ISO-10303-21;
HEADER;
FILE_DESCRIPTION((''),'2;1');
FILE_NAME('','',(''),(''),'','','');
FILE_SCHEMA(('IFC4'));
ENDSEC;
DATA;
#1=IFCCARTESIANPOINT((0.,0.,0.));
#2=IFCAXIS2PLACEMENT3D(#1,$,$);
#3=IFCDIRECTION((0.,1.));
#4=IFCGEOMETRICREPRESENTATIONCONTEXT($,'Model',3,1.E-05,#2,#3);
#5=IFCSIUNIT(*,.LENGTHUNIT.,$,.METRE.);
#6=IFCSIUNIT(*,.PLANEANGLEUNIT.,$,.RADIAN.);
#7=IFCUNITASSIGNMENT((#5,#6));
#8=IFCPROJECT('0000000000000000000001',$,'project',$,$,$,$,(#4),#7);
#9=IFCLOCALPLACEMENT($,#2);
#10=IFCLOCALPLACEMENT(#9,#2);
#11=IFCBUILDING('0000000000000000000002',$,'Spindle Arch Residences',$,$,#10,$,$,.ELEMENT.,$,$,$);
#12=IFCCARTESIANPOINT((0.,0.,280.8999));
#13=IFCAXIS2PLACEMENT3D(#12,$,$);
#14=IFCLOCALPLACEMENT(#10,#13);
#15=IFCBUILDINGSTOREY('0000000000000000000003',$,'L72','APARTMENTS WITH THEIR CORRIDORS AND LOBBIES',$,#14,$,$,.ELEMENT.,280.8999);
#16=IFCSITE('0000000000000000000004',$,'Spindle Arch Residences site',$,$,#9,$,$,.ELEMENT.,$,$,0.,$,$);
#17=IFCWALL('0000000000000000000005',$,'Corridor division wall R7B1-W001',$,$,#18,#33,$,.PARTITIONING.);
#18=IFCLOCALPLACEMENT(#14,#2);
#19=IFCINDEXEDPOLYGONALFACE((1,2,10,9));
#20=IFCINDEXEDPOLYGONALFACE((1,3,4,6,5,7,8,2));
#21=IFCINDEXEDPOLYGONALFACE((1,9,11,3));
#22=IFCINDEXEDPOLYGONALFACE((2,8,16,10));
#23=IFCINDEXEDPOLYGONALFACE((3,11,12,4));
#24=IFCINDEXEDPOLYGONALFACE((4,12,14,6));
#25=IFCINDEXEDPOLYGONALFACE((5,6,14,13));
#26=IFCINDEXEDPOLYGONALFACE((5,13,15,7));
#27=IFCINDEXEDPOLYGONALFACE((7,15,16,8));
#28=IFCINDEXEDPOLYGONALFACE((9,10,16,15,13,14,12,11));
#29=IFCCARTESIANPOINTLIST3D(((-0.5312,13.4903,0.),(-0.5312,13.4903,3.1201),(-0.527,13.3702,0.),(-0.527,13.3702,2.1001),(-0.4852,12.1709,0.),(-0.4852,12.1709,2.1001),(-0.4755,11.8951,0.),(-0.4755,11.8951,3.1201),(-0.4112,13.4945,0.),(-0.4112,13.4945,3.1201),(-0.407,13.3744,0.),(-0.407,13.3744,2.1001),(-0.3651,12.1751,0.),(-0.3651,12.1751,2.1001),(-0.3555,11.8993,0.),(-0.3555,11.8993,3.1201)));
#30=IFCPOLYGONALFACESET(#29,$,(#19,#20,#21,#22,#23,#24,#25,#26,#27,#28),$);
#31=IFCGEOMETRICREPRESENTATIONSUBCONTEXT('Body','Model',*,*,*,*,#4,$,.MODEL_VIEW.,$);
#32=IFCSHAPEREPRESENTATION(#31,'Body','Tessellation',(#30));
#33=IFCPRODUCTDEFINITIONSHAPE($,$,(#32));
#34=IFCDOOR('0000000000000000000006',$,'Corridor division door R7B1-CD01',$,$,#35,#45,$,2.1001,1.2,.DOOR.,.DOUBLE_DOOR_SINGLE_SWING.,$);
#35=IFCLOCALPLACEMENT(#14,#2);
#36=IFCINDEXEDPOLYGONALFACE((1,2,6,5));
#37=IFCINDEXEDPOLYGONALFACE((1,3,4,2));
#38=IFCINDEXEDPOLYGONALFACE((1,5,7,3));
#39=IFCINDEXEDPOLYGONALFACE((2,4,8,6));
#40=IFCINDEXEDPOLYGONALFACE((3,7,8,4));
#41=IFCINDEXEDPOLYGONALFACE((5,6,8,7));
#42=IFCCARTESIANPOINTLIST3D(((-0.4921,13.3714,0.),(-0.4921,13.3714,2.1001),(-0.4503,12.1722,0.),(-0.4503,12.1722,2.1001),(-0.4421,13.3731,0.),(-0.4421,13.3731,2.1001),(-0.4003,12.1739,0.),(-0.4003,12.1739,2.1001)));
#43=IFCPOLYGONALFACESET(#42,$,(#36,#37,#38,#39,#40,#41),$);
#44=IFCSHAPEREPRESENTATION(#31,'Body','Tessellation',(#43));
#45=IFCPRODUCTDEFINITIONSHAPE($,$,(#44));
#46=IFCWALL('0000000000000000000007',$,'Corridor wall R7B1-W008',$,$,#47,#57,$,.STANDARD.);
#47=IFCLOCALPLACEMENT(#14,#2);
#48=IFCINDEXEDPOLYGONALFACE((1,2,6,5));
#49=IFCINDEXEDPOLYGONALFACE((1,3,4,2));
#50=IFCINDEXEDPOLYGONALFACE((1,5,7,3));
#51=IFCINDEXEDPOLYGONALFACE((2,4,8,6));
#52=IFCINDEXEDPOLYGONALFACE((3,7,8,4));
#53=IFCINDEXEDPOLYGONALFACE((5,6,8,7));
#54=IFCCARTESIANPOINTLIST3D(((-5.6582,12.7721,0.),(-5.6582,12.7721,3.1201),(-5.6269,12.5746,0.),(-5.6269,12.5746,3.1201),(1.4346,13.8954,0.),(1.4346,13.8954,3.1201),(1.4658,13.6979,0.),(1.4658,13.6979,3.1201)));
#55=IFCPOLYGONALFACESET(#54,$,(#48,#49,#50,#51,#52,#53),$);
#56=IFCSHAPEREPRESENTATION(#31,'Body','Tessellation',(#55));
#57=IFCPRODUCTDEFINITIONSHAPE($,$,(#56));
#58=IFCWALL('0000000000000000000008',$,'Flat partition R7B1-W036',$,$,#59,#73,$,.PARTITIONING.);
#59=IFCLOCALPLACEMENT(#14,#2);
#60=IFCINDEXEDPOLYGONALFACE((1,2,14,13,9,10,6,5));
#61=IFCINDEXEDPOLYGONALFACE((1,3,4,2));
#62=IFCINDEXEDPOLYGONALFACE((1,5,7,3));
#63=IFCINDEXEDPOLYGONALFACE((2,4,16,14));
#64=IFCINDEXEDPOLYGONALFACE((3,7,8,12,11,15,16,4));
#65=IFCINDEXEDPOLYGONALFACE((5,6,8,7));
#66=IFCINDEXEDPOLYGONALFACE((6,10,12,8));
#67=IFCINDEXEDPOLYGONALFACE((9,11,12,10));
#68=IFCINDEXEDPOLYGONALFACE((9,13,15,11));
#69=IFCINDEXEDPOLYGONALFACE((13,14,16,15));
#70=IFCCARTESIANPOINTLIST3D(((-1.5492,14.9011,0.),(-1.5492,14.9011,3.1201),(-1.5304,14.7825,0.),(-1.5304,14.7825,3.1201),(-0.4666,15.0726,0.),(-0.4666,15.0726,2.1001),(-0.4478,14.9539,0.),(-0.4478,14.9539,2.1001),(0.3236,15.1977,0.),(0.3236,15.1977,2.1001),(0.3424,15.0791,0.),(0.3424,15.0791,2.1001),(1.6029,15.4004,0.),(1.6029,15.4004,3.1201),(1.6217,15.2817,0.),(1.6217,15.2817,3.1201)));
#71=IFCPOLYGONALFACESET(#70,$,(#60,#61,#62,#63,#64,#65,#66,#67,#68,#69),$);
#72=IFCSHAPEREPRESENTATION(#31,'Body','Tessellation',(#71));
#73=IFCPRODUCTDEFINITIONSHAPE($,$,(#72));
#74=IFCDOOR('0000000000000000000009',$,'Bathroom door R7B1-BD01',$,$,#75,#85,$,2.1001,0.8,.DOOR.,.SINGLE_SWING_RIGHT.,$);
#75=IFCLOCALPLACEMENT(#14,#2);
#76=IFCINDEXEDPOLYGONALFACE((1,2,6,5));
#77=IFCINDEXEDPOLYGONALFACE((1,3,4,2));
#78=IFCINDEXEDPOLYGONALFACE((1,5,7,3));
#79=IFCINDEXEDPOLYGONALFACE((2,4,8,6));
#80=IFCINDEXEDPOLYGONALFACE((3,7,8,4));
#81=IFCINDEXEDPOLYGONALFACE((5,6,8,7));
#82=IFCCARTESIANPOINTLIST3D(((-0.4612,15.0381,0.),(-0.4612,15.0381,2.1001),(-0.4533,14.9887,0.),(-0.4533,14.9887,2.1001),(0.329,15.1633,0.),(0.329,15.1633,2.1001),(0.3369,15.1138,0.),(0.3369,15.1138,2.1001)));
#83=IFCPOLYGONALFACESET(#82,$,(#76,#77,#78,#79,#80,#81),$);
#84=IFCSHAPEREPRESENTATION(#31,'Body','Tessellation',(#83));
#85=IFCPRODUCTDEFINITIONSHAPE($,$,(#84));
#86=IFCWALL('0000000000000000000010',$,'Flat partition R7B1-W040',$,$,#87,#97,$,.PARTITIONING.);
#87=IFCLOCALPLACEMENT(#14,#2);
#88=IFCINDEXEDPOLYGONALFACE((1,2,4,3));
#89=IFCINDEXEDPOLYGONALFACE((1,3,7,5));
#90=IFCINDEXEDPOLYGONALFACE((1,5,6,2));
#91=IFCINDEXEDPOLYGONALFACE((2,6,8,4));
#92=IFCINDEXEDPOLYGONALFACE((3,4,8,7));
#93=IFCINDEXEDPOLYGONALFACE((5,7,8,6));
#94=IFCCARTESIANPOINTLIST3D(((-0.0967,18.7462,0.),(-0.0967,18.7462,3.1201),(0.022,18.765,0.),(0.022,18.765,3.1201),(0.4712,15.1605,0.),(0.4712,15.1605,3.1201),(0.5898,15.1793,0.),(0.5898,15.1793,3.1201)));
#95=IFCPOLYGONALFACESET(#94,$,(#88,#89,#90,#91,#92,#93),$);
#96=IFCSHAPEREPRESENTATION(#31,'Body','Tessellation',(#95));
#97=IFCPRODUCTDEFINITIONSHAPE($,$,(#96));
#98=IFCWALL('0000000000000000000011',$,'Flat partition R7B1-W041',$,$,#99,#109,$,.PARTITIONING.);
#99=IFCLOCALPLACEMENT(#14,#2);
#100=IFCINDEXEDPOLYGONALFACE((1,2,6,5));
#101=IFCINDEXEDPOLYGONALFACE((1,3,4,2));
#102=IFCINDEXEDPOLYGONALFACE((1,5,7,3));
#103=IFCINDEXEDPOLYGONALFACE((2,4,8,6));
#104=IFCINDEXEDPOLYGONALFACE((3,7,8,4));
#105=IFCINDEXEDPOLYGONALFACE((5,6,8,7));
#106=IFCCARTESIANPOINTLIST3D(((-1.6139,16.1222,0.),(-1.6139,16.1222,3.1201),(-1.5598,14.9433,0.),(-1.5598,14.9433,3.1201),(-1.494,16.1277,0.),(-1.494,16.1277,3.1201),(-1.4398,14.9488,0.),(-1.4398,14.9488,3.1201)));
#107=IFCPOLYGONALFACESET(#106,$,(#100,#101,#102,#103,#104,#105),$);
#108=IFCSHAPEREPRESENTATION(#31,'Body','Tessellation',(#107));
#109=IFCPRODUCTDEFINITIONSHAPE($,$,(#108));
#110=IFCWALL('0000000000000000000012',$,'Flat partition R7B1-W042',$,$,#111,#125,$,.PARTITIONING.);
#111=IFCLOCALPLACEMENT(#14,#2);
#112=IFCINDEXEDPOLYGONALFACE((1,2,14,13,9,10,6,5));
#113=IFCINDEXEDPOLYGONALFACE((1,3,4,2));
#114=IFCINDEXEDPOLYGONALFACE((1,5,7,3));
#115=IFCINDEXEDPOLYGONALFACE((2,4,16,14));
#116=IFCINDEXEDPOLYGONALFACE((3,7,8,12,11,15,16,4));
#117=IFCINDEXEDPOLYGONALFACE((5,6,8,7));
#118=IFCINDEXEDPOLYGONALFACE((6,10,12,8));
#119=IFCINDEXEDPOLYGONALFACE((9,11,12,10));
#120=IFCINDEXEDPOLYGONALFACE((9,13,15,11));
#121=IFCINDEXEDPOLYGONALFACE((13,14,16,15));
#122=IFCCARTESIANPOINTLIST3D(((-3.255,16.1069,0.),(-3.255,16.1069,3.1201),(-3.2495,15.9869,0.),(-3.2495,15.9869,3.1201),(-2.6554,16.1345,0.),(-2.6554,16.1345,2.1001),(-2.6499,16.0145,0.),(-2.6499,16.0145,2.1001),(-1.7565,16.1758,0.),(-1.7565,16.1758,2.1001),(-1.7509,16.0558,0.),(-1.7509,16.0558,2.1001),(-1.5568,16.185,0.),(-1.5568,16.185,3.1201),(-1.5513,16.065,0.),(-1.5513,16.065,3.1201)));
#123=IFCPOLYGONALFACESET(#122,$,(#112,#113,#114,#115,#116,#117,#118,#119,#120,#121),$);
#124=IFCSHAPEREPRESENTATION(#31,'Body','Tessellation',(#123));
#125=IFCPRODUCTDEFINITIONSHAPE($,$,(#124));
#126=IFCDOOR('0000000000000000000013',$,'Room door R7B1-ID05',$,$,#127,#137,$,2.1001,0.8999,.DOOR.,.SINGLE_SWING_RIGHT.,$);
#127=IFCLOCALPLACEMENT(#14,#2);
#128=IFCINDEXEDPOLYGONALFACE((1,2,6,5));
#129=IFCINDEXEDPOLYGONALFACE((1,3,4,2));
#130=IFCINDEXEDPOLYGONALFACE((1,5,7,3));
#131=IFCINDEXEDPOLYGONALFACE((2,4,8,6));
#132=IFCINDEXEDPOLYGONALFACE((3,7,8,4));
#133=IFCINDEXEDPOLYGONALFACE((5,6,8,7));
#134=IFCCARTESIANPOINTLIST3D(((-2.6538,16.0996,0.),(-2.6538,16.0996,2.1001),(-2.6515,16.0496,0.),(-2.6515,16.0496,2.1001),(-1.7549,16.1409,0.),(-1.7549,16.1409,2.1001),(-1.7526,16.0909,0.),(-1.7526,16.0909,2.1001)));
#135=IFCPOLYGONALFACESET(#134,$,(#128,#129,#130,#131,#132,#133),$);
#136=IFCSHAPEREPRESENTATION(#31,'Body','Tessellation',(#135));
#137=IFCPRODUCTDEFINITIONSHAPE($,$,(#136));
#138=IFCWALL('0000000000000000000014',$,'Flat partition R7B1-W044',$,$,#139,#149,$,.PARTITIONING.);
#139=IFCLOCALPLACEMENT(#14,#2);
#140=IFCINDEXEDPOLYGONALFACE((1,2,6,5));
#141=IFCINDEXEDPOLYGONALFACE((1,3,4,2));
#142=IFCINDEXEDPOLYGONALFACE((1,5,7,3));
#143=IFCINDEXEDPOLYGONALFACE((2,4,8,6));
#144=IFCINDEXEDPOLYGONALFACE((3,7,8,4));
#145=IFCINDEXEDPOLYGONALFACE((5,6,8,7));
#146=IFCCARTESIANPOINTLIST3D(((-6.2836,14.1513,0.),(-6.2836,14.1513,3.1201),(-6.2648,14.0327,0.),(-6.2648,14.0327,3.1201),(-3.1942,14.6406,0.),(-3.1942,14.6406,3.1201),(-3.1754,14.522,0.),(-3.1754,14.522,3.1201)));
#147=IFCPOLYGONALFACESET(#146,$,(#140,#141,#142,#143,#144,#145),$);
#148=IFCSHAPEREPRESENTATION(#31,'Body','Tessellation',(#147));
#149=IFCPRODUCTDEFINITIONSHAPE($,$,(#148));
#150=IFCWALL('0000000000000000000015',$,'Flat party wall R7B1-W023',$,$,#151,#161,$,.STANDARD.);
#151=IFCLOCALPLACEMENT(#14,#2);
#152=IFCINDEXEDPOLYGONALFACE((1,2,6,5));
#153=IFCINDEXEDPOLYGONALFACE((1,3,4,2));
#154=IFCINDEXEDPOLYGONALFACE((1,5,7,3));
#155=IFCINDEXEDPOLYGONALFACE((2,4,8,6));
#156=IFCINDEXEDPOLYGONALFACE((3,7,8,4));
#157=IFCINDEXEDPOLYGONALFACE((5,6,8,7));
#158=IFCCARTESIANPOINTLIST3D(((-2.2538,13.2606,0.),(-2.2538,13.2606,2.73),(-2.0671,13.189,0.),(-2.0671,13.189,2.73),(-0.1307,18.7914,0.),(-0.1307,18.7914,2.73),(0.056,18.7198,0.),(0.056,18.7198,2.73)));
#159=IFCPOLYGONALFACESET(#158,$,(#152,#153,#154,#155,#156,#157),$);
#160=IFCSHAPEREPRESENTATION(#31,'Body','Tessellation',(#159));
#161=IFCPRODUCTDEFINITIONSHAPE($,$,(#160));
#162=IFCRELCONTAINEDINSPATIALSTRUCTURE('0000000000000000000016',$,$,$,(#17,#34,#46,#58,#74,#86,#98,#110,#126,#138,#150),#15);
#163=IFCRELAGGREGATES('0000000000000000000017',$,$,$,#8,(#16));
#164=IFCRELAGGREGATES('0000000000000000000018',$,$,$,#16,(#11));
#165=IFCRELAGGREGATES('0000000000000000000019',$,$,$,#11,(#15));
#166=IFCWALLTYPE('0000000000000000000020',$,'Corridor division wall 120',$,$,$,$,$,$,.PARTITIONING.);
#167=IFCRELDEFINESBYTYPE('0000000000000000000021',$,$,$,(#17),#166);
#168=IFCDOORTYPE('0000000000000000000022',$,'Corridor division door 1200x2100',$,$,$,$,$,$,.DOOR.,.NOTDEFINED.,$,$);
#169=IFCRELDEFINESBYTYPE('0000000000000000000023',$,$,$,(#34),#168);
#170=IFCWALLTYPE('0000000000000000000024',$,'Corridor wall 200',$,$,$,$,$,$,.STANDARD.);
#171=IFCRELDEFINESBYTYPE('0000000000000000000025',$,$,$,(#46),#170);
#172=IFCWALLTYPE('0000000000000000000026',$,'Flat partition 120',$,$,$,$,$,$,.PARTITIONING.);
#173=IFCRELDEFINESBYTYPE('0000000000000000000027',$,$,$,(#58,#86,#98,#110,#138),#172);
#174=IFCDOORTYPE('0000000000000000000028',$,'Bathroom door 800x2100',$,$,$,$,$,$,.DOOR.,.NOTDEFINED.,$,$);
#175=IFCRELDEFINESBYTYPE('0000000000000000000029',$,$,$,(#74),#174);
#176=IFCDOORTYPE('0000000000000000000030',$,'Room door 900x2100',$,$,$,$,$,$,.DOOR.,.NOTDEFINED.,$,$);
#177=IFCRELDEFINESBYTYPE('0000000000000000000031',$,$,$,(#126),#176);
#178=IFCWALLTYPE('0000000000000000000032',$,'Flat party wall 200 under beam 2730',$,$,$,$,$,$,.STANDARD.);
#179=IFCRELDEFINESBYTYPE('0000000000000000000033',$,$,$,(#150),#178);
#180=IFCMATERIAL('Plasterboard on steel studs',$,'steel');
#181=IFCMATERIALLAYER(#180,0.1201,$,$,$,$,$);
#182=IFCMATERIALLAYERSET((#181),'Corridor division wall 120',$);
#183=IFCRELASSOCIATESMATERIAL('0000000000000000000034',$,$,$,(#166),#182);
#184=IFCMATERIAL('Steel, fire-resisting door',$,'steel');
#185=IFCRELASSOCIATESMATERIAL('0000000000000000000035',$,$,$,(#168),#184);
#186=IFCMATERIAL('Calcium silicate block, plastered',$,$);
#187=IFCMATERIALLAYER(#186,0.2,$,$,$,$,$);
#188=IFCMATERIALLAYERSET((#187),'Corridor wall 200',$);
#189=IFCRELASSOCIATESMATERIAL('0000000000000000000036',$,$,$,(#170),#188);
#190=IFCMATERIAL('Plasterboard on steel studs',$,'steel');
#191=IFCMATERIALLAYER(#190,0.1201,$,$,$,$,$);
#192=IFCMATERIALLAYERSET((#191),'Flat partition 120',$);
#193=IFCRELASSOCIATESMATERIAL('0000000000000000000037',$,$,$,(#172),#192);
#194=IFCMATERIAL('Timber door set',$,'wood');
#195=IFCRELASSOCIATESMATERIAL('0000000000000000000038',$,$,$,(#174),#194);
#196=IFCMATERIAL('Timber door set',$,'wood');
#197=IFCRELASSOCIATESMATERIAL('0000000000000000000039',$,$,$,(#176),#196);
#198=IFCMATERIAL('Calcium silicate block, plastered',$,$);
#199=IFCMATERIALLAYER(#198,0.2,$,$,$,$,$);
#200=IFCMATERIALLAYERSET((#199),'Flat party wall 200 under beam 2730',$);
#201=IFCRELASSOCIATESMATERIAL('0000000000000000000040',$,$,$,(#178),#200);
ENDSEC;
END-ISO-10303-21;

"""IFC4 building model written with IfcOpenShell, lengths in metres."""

from ifc_helpers import new_model, si_unit, direction, frame, frame_2d, origin, place, context, subcontext, project, spatial, rectangle, extrude, material, layer, layer_set, type_object, element, fill, save


model = new_model("IFC4")

# Units and contexts
model_context = context("Model", 3, precision=1e-05, world=origin(), true_north=direction((0.0, 1.0)))
body_context = subcontext(model_context, "Body", "Model", "MODEL_VIEW")
ifc_project = project(units=[si_unit("LENGTHUNIT", "METRE"), si_unit("PLANEANGLEUNIT", "RADIAN")], contexts=[model_context])

# Site, building, storey
site_placement = place(None, origin())
site = spatial("IfcSite", under=ifc_project, at=site_placement, Name="Spindle Arch Residences site", CompositionType="ELEMENT", RefElevation=0.0)
building_placement = place(site_placement, origin())
building = spatial("IfcBuilding", under=site, at=building_placement, Name="Spindle Arch Residences", CompositionType="ELEMENT")
storey_placement = place(building_placement, frame((0.0, 0.0, 280.8999)))
storey = spatial("IfcBuildingStorey", under=building, at=storey_placement, Name="L72", Description="APARTMENTS WITH THEIR CORRIDORS AND LOBBIES", CompositionType="ELEMENT", Elevation=280.8999)

# Wall, opening, door
ifc_material_1 = material(Name="Plasterboard on steel studs", Category="steel")
ifc_layer_1 = layer(ifc_material_1, 0.1201)
ifc_layer_set_1 = layer_set([ifc_layer_1], Name="Corridor division wall 120")
wall_type_1 = type_object("IfcWallType", Name="Corridor division wall 120", PredefinedType="PARTITIONING", material=ifc_layer_set_1)
wall_1_placement = place(storey_placement, frame((-0.4712, 13.4924, 0.0), z_axis=(0.0, 0.0, 1.0), x_axis=(0.034873, -0.999392, 0.0)))
wall_1 = element("IfcWall", 1, at=wall_1_placement, inside=storey, type_object=wall_type_1, Name="Corridor division wall R7B1-W001", PredefinedType="PARTITIONING", context=body_context, shape_type="SweptSolid", body=[
    extrude(rectangle(XDim=1.5962, YDim=0.1201, at=frame_2d((0.7981, 0.0))), origin(), (0.0, 0.0, 1.0), 3.1201),
])
opening_1_placement = place(wall_1_placement, frame((0.1201, 0.0, 0.0)))
opening_1 = element("IfcOpeningElement", 2, at=opening_1_placement, cuts=wall_1, PredefinedType="OPENING", context=body_context, shape_type="SweptSolid", body=[
    extrude(rectangle(XDim=1.2, YDim=2.1001, at=frame_2d((0.6001, 1.05))), frame((0.0, 0.0701, 0.0), z_axis=(0.0, -1.0, 0.0), x_axis=(1.0, 0.0, 0.0)), (0.0, 0.0, 1.0), 0.1401),
])
ifc_material_2 = material(Name="Steel, fire-resisting door", Category="steel")
door_type_1 = type_object("IfcDoorType", Name="Corridor division door 1200x2100", OperationType="NOTDEFINED", PredefinedType="DOOR", material=ifc_material_2)
door_1_placement = place(opening_1_placement, origin())
door_1 = element("IfcDoor", 3, at=door_1_placement, inside=storey, type_object=door_type_1, Name="Corridor division door R7B1-CD01", OperationType="DOUBLE_DOOR_SINGLE_SWING", OverallHeight=2.1001, OverallWidth=1.2, PredefinedType="DOOR", context=body_context, shape_type="SweptSolid", body=[
    extrude(rectangle(XDim=1.2, YDim=2.1001, at=frame_2d((0.6001, 1.05))), frame((0.0, 0.0249, 0.0), z_axis=(0.0, -1.0, 0.0), x_axis=(1.0, 0.0, 0.0)), (0.0, 0.0, 1.0), 0.05),
])
fill(opening_1, door_1)

# Wall
ifc_material_3 = material(Name="Calcium silicate block, plastered")
ifc_layer_2 = layer(ifc_material_3, 0.2)
ifc_layer_set_2 = layer_set([ifc_layer_2], Name="Corridor wall 200")
wall_type_2 = type_object("IfcWallType", Name="Corridor wall 200", PredefinedType="STANDARD", material=ifc_layer_set_2)
wall_2_placement = place(storey_placement, frame((1.4502, 13.7966, 0.0), z_axis=(0.0, 0.0, 1.0), x_axis=(-0.98769, -0.156422, 0.0)))
element("IfcWall", 4, at=wall_2_placement, inside=storey, type_object=wall_type_2, Name="Corridor wall R7B1-W008", PredefinedType="STANDARD", context=body_context, shape_type="SweptSolid", body=[
    extrude(rectangle(XDim=7.1812, YDim=0.2, at=frame_2d((3.5906, 0.0))), origin(), (0.0, 0.0, 1.0), 3.1201),
])

# Wall, opening, door
ifc_material_4 = material(Name="Plasterboard on steel studs", Category="steel")
ifc_layer_3 = layer(ifc_material_4, 0.1201)
ifc_layer_set_3 = layer_set([ifc_layer_3], Name="Flat partition 120")
wall_type_3 = type_object("IfcWallType", Name="Flat partition 120", PredefinedType="PARTITIONING", material=ifc_layer_set_3)
wall_3_placement = place(storey_placement, frame((1.6123, 15.3411, 0.0), z_axis=(0.0, 0.0, 1.0), x_axis=(-0.987687, -0.156442, 0.0)))
wall_3 = element("IfcWall", 5, at=wall_3_placement, inside=storey, type_object=wall_type_3, Name="Flat partition R7B1-W036", PredefinedType="PARTITIONING", context=body_context, shape_type="SweptSolid", body=[
    extrude(rectangle(XDim=3.1914, YDim=0.1201, at=frame_2d((1.5957, 0.0))), origin(), (0.0, 0.0, 1.0), 3.1201),
])
opening_2_placement = place(wall_3_placement, frame((1.2954, 0.0, 0.0)))
opening_2 = element("IfcOpeningElement", 6, at=opening_2_placement, cuts=wall_3, PredefinedType="OPENING", context=body_context, shape_type="SweptSolid", body=[
    extrude(rectangle(XDim=0.8, YDim=2.1001, at=frame_2d((0.3999, 1.05))), frame((0.0, 0.0701, 0.0), z_axis=(0.0, -1.0, 0.0), x_axis=(1.0, 0.0, 0.0)), (0.0, 0.0, 1.0), 0.1401),
])
ifc_material_5 = material(Name="Timber door set", Category="wood")
door_type_2 = type_object("IfcDoorType", Name="Bathroom door 800x2100", OperationType="NOTDEFINED", PredefinedType="DOOR", material=ifc_material_5)
door_2_placement = place(opening_2_placement, origin())
door_2 = element("IfcDoor", 7, at=door_2_placement, inside=storey, type_object=door_type_2, Name="Bathroom door R7B1-BD01", OperationType="SINGLE_SWING_RIGHT", OverallHeight=2.1001, OverallWidth=0.8, PredefinedType="DOOR", context=body_context, shape_type="SweptSolid", body=[
    extrude(rectangle(XDim=0.8, YDim=2.1001, at=frame_2d((0.3999, 1.05))), frame((0.0, 0.0249, 0.0), z_axis=(0.0, -1.0, 0.0), x_axis=(1.0, 0.0, 0.0)), (0.0, 0.0, 1.0), 0.05),
])
fill(opening_2, door_2)

# Walls
wall_4_placement = place(storey_placement, frame((-0.0374, 18.7556, 0.0), z_axis=(0.0, 0.0, 1.0), x_axis=(0.156422, -0.98769, 0.0)))
element("IfcWall", 8, at=wall_4_placement, inside=storey, type_object=wall_type_3, Name="Flat partition R7B1-W040", PredefinedType="PARTITIONING", context=body_context, shape_type="SweptSolid", body=[
    extrude(rectangle(XDim=3.6304, YDim=0.1201, at=frame_2d((1.8152, 0.0))), origin(), (0.0, 0.0, 1.0), 3.1201),
])
wall_5_placement = place(storey_placement, frame((-1.4998, 14.946, 0.0), z_axis=(0.0, 0.0, 1.0), x_axis=(-0.045924, 0.998945, 0.0)))
element("IfcWall", 9, at=wall_5_placement, inside=storey, type_object=wall_type_3, Name="Flat partition R7B1-W041", PredefinedType="PARTITIONING", context=body_context, shape_type="SweptSolid", body=[
    extrude(rectangle(XDim=1.1802, YDim=0.1201, at=frame_2d((0.5901, 0.0))), origin(), (0.0, 0.0, 1.0), 3.1201),
])

# Wall, opening, door
wall_6_placement = place(storey_placement, frame((-1.554, 16.125, 0.0), z_axis=(0.0, 0.0, 1.0), x_axis=(-0.998944, -0.045955, 0.0)))
wall_6 = element("IfcWall", 10, at=wall_6_placement, inside=storey, type_object=wall_type_3, Name="Flat partition R7B1-W042", PredefinedType="PARTITIONING", context=body_context, shape_type="SweptSolid", body=[
    extrude(rectangle(XDim=1.7, YDim=0.1201, at=frame_2d((0.8501, 0.0))), origin(), (0.0, 0.0, 1.0), 3.1201),
])
opening_3_placement = place(wall_6_placement, frame((0.2, 0.0, 0.0)))
opening_3 = element("IfcOpeningElement", 11, at=opening_3_placement, cuts=wall_6, PredefinedType="OPENING", context=body_context, shape_type="SweptSolid", body=[
    extrude(rectangle(XDim=0.8999, YDim=2.1001, at=frame_2d((0.45, 1.05))), frame((0.0, 0.0701, 0.0), z_axis=(0.0, -1.0, 0.0), x_axis=(1.0, 0.0, 0.0)), (0.0, 0.0, 1.0), 0.1401),
])
ifc_material_6 = material(Name="Timber door set", Category="wood")
door_type_3 = type_object("IfcDoorType", Name="Room door 900x2100", OperationType="NOTDEFINED", PredefinedType="DOOR", material=ifc_material_6)
door_3_placement = place(opening_3_placement, origin())
door_3 = element("IfcDoor", 12, at=door_3_placement, inside=storey, type_object=door_type_3, Name="Room door R7B1-ID05", OperationType="SINGLE_SWING_RIGHT", OverallHeight=2.1001, OverallWidth=0.8999, PredefinedType="DOOR", context=body_context, shape_type="SweptSolid", body=[
    extrude(rectangle(XDim=0.8999, YDim=2.1001, at=frame_2d((0.45, 1.05))), frame((0.0, 0.0249, 0.0), z_axis=(0.0, -1.0, 0.0), x_axis=(1.0, 0.0, 0.0)), (0.0, 0.0, 1.0), 0.05),
])
fill(opening_3, door_3)

# Walls
wall_7_placement = place(storey_placement, frame((-3.1848, 14.5813, 0.0), z_axis=(0.0, 0.0, 1.0), x_axis=(-0.987691, -0.156419, 0.0)))
element("IfcWall", 13, at=wall_7_placement, inside=storey, type_object=wall_type_3, Name="Flat partition R7B1-W044", PredefinedType="PARTITIONING", context=body_context, shape_type="SweptSolid", body=[
    extrude(rectangle(XDim=3.1279, YDim=0.1201, at=frame_2d((1.564, 0.0))), origin(), (0.0, 0.0, 1.0), 3.1201),
])
ifc_material_7 = material(Name="Calcium silicate block, plastered")
ifc_layer_4 = layer(ifc_material_7, 0.2)
ifc_layer_set_4 = layer_set([ifc_layer_4], Name="Flat party wall 200 under beam 2730")
wall_type_4 = type_object("IfcWallType", Name="Flat party wall 200 under beam 2730", PredefinedType="STANDARD", material=ifc_layer_set_4)
wall_8_placement = place(storey_placement, frame((-0.0374, 18.7556, 0.0), z_axis=(0.0, 0.0, 1.0), x_axis=(-0.358366, -0.933581, 0.0)))
element("IfcWall", 14, at=wall_8_placement, inside=storey, type_object=wall_type_4, Name="Flat party wall R7B1-W023", PredefinedType="STANDARD", context=body_context, shape_type="SweptSolid", body=[
    extrude(rectangle(XDim=5.9243, YDim=0.2, at=frame_2d((2.9622, 0.0))), origin(), (0.0, 0.0, 1.0), 2.73),
])

save(model, "model.ifc")
